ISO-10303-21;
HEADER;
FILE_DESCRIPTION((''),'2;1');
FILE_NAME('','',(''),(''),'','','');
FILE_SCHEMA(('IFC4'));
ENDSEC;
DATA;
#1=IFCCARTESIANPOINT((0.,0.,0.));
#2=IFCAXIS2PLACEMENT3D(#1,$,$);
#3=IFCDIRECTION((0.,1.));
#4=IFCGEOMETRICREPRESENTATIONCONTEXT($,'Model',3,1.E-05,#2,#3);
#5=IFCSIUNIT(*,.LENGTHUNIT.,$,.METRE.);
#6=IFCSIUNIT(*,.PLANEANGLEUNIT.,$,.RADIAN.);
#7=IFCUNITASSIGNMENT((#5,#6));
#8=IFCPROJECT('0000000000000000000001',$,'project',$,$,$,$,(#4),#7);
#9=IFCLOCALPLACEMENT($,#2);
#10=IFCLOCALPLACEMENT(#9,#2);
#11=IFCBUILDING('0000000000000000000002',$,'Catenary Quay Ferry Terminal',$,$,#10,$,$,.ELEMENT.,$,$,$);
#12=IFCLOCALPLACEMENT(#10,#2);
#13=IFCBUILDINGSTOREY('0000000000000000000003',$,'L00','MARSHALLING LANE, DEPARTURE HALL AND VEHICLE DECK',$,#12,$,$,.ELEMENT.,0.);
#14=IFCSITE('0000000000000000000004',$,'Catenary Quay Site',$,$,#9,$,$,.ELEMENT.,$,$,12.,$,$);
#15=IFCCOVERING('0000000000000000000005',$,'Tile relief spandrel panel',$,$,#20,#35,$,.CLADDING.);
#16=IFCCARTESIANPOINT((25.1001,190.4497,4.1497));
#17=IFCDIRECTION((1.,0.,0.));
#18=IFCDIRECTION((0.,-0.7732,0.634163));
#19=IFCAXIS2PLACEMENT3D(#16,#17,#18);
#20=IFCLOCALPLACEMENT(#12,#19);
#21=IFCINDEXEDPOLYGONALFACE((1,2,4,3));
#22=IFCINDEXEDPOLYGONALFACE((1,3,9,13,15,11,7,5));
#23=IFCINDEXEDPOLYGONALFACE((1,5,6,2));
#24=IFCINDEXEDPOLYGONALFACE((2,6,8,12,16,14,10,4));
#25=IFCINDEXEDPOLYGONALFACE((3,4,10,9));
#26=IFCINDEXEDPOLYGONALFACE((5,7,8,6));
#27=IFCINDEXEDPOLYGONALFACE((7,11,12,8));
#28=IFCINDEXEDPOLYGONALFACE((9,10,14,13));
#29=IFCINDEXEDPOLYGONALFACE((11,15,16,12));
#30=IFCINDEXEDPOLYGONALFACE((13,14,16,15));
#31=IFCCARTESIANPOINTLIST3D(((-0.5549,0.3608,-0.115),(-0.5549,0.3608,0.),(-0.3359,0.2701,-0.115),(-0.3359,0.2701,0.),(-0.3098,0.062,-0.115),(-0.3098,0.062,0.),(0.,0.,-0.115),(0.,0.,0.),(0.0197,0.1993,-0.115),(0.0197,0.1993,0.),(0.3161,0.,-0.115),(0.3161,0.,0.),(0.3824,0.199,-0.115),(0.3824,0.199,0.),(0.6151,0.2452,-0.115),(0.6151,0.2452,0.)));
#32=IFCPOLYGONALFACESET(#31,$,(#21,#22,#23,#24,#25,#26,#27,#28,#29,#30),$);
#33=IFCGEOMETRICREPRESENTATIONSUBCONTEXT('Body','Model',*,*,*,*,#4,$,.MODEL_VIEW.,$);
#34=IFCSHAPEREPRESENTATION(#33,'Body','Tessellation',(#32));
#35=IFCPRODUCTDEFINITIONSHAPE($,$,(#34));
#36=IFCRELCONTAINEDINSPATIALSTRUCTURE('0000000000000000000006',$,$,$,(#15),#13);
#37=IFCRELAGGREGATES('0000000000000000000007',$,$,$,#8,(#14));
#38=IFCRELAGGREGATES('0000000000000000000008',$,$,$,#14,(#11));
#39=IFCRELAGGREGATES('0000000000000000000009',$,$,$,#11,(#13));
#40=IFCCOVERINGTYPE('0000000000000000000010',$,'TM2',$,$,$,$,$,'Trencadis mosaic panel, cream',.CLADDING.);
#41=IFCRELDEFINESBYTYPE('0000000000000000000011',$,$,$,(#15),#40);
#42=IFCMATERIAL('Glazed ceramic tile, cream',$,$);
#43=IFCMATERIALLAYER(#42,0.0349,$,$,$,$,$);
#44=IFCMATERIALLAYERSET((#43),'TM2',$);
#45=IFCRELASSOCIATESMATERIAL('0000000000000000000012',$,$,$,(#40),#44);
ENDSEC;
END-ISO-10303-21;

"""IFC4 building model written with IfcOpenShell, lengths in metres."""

from ifc_helpers import new_model, si_unit, direction, frame, origin, place, context, subcontext, project, spatial, polyline, outline, extrude, material, layer, layer_set, type_object, element, save


model = new_model("IFC4")

# Units and contexts
model_context = context("Model", 3, precision=1e-05, world=origin(), true_north=direction((0.0, 1.0)))
body_context = subcontext(model_context, "Body", "Model", "MODEL_VIEW")
ifc_project = project(units=[si_unit("LENGTHUNIT", "METRE"), si_unit("PLANEANGLEUNIT", "RADIAN")], contexts=[model_context])

# Site, building, storey
site_placement = place(None, origin())
site = spatial("IfcSite", under=ifc_project, at=site_placement, Name="Catenary Quay Site", CompositionType="ELEMENT", RefElevation=12.0)
building_placement = place(site_placement, origin())
building = spatial("IfcBuilding", under=site, at=building_placement, Name="Catenary Quay Ferry Terminal", CompositionType="ELEMENT")
storey_placement = place(building_placement, origin())
storey = spatial("IfcBuildingStorey", under=building, at=storey_placement, Name="L00", Description="MARSHALLING LANE, DEPARTURE HALL AND VEHICLE DECK", CompositionType="ELEMENT", Elevation=0.0)

# Covering
ifc_material_1 = material(Name="Glazed ceramic tile, cream")
ifc_layer_1 = layer(ifc_material_1, 0.0349)
ifc_layer_set_1 = layer_set([ifc_layer_1], Name="TM2")
covering_type_1 = type_object("IfcCoveringType", Name="TM2", ElementType="Trencadis mosaic panel, cream", PredefinedType="CLADDING", material=ifc_layer_set_1)
covering_1_placement = place(storey_placement, frame((25.1001, 190.4497, 4.1497), z_axis=(1.0, 0.0, 0.0), x_axis=(0.0, -0.7732, 0.634163)))
element("IfcCovering", 1, at=covering_1_placement, inside=storey, type_object=covering_type_1, Name="Tile relief spandrel panel", PredefinedType="CLADDING", context=body_context, shape_type="SweptSolid", body=[
    extrude(outline(polyline([(0.0, 0.0), (0.3161, 0.0), (0.6151, 0.2452), (0.3824, 0.199), (0.0197, 0.1993), (-0.3359, 0.2701), (-0.5549, 0.3608), (-0.3098, 0.062), (0.0, 0.0)])), origin(), (0.0, 0.0, -1.0), 0.115),
])

save(model, "model.ifc")
